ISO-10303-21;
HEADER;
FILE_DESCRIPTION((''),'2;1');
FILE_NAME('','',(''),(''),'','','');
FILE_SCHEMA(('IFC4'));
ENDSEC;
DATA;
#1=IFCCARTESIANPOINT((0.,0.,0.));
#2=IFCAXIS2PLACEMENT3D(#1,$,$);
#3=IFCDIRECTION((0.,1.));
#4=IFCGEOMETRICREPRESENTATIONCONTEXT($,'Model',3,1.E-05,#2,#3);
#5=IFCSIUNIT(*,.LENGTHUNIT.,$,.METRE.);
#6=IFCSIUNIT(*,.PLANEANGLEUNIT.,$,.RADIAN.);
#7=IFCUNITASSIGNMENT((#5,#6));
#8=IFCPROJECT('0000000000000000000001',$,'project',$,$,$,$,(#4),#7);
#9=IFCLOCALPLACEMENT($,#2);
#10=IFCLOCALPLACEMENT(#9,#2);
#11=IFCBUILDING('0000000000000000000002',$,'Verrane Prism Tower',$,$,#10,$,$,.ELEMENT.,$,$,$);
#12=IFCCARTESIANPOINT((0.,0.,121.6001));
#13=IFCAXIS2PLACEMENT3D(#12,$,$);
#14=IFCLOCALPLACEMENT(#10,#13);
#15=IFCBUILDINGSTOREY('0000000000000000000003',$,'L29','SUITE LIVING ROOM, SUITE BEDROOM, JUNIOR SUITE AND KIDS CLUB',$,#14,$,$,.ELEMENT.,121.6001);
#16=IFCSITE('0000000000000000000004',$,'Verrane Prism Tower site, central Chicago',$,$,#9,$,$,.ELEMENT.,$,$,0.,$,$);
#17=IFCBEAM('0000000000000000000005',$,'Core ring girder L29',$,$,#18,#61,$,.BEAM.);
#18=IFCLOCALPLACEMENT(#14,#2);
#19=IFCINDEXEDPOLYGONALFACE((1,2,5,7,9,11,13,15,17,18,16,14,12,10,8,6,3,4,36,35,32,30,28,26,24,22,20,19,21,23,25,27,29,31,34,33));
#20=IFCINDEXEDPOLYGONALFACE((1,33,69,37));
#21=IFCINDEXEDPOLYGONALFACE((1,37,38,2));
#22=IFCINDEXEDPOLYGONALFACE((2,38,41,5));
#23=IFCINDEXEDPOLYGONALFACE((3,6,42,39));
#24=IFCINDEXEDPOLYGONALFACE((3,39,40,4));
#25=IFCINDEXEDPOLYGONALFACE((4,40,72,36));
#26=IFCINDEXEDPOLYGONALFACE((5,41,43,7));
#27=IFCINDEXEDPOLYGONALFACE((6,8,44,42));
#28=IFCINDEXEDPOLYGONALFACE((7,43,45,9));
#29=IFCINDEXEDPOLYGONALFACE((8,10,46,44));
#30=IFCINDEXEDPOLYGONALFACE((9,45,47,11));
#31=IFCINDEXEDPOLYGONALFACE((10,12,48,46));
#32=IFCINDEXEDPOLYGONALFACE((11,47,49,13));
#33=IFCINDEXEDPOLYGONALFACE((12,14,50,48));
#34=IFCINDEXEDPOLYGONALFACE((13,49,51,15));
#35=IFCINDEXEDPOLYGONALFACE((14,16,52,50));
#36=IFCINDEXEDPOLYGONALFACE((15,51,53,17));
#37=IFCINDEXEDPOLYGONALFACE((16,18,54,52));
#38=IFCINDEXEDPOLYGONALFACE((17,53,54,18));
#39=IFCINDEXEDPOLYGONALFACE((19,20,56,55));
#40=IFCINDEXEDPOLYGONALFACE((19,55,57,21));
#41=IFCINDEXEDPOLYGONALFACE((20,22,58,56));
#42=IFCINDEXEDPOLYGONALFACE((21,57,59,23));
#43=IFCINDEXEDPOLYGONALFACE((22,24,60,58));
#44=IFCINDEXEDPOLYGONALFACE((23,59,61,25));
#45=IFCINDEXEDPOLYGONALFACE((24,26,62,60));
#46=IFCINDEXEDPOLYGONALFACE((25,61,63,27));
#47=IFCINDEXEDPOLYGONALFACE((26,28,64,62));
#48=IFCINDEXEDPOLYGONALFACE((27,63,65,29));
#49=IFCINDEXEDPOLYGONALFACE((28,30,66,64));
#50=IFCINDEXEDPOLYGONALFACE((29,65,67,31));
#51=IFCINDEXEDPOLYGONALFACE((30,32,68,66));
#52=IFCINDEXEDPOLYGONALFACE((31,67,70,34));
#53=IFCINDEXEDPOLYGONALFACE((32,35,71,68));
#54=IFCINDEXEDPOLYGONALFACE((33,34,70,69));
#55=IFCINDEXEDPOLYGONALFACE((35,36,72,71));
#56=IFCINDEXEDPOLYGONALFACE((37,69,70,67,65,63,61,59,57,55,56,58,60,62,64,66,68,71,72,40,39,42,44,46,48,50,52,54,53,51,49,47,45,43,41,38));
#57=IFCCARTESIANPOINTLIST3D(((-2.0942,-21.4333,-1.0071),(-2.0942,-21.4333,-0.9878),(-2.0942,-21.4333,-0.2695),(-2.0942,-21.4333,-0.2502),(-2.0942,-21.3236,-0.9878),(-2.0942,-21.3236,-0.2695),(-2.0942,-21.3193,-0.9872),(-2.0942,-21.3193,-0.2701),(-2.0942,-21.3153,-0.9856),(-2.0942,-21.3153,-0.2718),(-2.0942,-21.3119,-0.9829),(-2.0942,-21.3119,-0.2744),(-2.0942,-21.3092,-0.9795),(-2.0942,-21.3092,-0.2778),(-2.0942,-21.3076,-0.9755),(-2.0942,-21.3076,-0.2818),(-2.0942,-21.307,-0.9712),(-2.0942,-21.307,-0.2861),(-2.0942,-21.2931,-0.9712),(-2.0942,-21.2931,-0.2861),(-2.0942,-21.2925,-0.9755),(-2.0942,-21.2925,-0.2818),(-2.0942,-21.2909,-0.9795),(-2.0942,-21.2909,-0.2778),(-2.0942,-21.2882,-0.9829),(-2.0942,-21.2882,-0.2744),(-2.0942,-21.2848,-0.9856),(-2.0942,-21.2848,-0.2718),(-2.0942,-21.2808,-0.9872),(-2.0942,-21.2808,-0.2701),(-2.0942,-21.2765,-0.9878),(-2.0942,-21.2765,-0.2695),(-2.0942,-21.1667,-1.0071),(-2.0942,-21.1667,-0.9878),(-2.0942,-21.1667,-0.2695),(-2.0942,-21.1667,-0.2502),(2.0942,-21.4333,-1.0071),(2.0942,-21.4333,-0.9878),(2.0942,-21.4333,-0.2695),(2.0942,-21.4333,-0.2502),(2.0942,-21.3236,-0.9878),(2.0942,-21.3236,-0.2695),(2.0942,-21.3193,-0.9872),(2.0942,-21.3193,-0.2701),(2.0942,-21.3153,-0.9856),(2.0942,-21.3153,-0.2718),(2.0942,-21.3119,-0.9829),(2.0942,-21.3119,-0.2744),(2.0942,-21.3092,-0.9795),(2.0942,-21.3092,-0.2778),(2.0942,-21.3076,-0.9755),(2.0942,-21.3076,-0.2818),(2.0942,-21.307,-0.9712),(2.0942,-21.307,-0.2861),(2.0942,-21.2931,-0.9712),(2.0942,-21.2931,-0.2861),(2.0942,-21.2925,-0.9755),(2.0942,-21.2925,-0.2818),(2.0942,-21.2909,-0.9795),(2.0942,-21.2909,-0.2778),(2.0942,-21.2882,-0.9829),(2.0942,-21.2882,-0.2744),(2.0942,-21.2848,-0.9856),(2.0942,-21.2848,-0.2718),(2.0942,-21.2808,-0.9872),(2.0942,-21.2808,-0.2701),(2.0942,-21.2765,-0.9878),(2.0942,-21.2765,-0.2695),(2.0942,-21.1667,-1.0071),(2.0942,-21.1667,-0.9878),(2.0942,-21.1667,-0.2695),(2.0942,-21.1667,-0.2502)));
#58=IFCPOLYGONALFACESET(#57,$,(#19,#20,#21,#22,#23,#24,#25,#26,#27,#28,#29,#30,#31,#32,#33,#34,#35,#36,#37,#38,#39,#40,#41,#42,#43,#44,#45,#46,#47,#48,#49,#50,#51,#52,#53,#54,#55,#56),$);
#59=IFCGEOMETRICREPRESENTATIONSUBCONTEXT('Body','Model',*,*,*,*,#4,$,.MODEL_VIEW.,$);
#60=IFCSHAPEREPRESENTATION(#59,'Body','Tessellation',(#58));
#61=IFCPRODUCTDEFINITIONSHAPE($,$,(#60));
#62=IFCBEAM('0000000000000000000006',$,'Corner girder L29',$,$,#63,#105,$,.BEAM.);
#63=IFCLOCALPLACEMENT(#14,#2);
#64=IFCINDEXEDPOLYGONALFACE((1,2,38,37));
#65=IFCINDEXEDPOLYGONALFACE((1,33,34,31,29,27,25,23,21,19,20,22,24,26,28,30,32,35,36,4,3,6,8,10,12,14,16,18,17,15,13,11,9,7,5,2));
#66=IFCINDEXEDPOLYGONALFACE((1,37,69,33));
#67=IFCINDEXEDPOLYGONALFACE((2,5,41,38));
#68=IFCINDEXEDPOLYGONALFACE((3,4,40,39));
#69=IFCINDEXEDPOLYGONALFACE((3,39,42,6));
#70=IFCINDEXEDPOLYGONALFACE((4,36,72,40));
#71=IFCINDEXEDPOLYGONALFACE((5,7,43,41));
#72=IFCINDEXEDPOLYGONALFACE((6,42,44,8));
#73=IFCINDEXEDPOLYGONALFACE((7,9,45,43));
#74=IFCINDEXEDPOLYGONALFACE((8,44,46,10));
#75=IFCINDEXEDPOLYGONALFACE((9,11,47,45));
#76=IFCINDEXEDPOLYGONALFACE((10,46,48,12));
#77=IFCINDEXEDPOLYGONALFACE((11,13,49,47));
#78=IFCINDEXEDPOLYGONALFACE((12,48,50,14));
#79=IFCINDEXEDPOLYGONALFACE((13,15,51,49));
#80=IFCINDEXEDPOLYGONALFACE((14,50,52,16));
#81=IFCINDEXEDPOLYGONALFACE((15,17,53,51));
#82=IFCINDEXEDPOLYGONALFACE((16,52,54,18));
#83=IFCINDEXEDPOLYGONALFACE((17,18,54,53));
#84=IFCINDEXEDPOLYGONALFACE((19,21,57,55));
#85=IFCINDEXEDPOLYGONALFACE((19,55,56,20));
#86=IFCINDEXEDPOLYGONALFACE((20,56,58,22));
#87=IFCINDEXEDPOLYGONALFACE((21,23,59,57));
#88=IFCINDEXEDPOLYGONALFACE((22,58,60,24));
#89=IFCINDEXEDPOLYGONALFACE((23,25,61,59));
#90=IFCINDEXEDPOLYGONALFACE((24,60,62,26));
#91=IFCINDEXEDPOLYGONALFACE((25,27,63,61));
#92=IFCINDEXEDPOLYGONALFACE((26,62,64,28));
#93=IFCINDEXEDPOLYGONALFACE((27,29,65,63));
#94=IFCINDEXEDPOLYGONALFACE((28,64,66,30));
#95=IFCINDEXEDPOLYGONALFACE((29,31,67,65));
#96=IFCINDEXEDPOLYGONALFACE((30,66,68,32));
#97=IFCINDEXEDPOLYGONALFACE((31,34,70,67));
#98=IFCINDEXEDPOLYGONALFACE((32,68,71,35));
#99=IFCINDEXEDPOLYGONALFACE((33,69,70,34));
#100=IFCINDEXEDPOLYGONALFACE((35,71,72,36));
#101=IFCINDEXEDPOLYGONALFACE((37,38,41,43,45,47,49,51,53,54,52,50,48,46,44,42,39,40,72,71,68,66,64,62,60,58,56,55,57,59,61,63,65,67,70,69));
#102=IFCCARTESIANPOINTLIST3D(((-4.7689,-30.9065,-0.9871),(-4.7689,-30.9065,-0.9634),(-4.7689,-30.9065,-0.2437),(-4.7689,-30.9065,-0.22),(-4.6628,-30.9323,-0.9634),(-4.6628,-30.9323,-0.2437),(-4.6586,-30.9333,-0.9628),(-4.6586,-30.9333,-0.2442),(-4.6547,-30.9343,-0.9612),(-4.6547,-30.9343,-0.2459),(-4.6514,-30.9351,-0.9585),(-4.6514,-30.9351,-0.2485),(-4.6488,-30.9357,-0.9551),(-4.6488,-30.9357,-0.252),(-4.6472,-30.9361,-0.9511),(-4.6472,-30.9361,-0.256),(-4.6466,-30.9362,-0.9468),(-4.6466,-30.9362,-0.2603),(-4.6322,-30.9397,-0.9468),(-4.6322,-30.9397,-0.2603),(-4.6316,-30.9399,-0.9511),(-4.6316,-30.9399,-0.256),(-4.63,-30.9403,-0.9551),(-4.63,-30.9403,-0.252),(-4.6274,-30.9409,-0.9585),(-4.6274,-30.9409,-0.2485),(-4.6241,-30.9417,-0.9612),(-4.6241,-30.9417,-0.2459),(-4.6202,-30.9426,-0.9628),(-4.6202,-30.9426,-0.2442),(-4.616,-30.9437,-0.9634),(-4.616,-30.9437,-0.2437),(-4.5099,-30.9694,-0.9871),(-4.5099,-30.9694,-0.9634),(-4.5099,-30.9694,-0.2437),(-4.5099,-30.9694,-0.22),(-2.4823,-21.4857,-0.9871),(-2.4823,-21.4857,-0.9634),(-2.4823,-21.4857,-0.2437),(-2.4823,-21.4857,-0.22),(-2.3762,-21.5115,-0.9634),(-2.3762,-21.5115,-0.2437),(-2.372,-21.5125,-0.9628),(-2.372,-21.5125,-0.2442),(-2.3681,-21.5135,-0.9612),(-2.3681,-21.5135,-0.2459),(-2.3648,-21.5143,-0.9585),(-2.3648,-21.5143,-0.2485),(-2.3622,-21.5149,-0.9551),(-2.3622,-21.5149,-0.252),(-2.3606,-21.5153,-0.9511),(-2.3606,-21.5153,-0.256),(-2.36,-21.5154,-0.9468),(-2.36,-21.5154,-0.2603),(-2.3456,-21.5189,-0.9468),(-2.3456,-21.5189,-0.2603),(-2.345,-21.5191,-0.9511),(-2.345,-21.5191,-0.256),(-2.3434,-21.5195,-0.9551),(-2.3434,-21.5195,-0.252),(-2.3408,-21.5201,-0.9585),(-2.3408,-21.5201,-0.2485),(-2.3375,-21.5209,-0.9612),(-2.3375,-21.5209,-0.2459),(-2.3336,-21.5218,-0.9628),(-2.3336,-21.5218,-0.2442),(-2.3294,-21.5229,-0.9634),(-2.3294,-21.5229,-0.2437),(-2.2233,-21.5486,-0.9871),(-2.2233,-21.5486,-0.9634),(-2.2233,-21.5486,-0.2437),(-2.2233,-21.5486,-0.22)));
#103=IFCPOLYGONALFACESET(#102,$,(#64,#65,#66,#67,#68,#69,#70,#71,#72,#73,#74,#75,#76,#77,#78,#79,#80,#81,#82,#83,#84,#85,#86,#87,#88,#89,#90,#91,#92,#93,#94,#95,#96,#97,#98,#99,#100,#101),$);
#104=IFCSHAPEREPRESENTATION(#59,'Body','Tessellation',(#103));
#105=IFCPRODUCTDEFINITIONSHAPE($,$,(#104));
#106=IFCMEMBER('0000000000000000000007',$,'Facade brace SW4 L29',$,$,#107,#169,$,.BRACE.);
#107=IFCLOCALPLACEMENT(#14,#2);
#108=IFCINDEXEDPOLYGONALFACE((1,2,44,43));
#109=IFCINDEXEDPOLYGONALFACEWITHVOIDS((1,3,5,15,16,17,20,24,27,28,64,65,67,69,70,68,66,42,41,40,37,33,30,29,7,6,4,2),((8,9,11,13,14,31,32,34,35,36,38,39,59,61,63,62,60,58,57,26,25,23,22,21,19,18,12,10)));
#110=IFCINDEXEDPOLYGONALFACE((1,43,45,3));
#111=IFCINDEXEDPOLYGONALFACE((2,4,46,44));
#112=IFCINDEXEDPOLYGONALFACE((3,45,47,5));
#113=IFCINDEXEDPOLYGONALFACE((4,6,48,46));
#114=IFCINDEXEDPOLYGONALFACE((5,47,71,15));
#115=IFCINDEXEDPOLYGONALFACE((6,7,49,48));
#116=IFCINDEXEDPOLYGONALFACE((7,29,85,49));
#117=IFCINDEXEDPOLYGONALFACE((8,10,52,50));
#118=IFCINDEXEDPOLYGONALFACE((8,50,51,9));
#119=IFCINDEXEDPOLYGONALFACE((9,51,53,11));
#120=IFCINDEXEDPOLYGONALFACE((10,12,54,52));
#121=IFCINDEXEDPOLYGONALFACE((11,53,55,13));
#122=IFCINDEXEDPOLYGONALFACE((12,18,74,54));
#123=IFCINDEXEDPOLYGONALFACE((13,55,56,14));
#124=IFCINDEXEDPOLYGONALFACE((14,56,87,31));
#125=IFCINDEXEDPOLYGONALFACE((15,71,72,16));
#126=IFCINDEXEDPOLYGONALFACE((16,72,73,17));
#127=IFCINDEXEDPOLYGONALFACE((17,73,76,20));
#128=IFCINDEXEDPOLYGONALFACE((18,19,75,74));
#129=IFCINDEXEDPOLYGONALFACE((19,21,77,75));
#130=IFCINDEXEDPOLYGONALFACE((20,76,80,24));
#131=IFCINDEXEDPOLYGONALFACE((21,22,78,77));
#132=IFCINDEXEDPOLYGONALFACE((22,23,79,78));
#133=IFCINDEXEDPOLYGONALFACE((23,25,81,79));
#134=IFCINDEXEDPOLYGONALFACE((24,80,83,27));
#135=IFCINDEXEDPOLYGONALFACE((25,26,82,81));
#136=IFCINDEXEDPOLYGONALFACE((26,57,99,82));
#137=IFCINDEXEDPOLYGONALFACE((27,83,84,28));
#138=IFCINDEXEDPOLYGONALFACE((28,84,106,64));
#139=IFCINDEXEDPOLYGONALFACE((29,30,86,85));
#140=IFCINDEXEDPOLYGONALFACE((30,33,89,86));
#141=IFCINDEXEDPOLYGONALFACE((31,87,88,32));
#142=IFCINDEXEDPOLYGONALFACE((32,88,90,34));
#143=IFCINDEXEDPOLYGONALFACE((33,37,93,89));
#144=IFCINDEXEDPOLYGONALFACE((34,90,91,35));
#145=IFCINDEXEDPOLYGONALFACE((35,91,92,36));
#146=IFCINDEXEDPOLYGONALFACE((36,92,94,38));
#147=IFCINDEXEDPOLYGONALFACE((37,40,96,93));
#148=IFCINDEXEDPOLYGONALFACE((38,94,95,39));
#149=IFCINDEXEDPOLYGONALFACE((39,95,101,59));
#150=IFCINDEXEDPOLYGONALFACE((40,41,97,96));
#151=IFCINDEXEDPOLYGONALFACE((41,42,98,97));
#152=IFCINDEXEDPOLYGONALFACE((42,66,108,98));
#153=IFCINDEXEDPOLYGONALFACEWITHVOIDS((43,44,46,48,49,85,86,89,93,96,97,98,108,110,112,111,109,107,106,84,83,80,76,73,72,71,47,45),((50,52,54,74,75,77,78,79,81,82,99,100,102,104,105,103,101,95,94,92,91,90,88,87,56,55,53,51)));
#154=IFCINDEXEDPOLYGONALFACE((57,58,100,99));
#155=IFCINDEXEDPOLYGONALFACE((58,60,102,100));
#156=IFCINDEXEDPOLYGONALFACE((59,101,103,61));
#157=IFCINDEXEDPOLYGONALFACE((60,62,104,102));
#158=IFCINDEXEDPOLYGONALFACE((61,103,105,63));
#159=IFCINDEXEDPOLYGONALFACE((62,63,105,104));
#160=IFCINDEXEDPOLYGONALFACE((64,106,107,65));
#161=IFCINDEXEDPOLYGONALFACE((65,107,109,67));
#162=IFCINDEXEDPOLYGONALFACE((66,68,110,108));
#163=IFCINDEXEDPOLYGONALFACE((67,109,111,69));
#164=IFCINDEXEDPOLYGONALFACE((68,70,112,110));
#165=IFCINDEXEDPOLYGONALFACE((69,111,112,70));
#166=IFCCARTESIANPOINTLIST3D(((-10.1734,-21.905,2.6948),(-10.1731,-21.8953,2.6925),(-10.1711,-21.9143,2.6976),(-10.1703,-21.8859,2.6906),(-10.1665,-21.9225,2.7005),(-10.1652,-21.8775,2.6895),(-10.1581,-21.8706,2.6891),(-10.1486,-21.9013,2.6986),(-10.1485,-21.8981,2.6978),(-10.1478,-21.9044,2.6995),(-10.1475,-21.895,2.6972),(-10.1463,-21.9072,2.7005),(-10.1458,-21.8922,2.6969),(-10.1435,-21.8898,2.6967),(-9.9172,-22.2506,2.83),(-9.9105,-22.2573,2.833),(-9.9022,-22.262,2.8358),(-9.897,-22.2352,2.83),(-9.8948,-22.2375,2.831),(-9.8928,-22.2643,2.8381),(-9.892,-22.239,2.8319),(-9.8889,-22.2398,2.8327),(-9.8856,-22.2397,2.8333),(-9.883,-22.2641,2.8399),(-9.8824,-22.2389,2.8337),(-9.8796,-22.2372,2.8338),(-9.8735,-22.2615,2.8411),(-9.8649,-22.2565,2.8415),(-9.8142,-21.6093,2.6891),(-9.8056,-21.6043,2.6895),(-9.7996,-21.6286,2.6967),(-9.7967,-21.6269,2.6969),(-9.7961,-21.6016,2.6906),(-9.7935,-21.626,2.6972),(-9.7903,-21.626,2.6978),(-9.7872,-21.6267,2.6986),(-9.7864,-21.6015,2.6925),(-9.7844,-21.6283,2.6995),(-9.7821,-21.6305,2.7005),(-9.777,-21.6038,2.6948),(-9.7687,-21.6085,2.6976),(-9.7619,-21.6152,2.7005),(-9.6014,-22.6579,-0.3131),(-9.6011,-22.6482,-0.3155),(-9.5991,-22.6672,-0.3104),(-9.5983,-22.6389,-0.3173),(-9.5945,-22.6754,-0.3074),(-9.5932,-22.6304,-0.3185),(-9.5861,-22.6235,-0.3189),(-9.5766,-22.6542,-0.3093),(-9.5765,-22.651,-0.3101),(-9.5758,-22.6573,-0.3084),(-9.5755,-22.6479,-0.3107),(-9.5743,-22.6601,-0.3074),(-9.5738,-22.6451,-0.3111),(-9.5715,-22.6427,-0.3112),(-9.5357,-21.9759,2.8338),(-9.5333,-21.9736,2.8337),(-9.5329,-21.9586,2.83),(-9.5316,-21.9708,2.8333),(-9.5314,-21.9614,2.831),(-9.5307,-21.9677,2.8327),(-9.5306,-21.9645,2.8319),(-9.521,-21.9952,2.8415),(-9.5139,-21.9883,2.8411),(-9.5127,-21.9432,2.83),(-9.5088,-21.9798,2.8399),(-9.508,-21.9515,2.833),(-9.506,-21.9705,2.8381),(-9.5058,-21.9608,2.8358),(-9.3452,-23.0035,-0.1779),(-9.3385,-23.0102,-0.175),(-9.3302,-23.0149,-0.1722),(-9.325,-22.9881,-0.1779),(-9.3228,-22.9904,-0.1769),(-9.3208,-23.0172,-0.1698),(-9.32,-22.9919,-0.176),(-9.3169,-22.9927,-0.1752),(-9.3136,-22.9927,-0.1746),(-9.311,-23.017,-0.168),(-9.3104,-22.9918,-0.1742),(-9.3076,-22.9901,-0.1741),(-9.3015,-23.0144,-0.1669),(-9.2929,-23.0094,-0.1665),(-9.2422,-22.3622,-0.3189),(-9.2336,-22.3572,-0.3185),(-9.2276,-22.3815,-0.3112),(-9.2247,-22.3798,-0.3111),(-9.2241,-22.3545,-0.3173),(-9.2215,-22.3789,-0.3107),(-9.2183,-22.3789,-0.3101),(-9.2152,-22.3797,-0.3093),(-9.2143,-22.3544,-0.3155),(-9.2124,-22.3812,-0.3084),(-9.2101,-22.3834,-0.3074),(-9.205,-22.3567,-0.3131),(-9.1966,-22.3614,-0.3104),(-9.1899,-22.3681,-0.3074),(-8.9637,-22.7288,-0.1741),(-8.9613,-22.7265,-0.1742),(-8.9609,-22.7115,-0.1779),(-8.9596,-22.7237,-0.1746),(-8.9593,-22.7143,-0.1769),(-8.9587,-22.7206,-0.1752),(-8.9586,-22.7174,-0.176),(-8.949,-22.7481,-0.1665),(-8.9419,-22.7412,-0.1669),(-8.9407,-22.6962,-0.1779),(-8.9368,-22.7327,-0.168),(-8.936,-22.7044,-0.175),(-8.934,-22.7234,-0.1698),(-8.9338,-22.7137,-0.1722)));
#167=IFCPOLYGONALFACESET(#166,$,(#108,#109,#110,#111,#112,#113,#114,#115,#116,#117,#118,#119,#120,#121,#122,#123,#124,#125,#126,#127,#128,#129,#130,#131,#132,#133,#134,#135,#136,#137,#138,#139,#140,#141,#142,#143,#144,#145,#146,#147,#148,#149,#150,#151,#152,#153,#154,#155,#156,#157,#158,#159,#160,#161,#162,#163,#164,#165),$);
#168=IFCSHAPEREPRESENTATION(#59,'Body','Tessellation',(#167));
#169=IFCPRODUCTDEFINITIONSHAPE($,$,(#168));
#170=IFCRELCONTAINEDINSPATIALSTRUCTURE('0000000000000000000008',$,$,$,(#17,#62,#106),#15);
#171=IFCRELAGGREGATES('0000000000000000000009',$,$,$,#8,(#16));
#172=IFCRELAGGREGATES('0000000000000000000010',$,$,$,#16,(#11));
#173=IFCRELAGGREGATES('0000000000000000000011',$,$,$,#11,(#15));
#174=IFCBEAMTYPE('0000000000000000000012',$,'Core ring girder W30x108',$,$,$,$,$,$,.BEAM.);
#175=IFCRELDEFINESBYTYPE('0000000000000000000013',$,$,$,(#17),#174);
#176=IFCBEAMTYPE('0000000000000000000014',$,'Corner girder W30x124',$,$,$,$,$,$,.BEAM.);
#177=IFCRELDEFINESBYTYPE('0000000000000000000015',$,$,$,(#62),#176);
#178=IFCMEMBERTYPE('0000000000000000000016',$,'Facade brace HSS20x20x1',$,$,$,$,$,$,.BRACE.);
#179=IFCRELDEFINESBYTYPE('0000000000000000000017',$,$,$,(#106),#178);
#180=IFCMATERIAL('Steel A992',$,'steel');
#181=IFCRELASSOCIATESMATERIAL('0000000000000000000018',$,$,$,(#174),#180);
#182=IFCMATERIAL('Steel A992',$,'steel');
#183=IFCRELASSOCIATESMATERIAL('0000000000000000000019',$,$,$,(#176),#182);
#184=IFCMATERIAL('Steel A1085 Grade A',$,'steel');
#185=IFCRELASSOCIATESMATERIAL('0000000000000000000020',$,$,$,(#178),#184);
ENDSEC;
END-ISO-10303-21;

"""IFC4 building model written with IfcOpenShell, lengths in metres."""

from ifc_helpers import new_model, si_unit, direction, frame, origin, origin_2d, place, context, subcontext, project, spatial, hollow_rectangle, i_section, extrude, material, material_profile, profile_set, type_object, element, save


model = new_model("IFC4")

# Units and contexts
model_context = context("Model", 3, precision=1e-05, world=origin(), true_north=direction((0.0, 1.0)))
body_context = subcontext(model_context, "Body", "Model", "MODEL_VIEW")
ifc_project = project(units=[si_unit("LENGTHUNIT", "METRE"), si_unit("PLANEANGLEUNIT", "RADIAN")], contexts=[model_context])

# Site, building, storey
site_placement = place(None, origin())
site = spatial("IfcSite", under=ifc_project, at=site_placement, Name="Verrane Prism Tower site, central Chicago", CompositionType="ELEMENT", RefElevation=0.0)
building_placement = place(site_placement, origin())
building = spatial("IfcBuilding", under=site, at=building_placement, Name="Verrane Prism Tower", CompositionType="ELEMENT")
storey_placement = place(building_placement, frame((0.0, 0.0, 121.6001)))
storey = spatial("IfcBuildingStorey", under=building, at=storey_placement, Name="L29", Description="SUITE LIVING ROOM, SUITE BEDROOM, JUNIOR SUITE AND KIDS CLUB", CompositionType="ELEMENT", Elevation=121.6001)

# Beams
ifc_material_1 = material(Name="Steel A992", Category="steel")
ifc_material_profile_1 = material_profile(ifc_material_1, i_section(OverallWidth=0.2666, OverallDepth=0.7568, WebThickness=0.0139, FlangeThickness=0.0193, FilletRadius=0.0166, at=origin_2d()), Name="W30x108")
ifc_profile_set_1 = profile_set([ifc_material_profile_1], Name="Steel A992")
beam_type_1 = type_object("IfcBeamType", Name="Core ring girder W30x108", PredefinedType="BEAM", material=ifc_profile_set_1)
beam_1_placement = place(storey_placement, frame((-2.0942, -21.3, -0.6287), z_axis=(1.0, 0.0, 0.0), x_axis=(0.0, 1.0, 0.0)))
element("IfcBeam", 1, at=beam_1_placement, inside=storey, type_object=beam_type_1, Name="Core ring girder L29", PredefinedType="BEAM", context=body_context, shape_type="SweptSolid", body=[
    extrude(i_section(OverallWidth=0.2666, OverallDepth=0.7568, WebThickness=0.0139, FlangeThickness=0.0193, FilletRadius=0.0166, at=origin_2d()), origin(), (0.0, 0.0, 1.0), 4.1885),
])
ifc_material_2 = material(Name="Steel A992", Category="steel")
ifc_material_profile_2 = material_profile(ifc_material_2, i_section(OverallWidth=0.2666, OverallDepth=0.7671, WebThickness=0.0149, FlangeThickness=0.0237, FilletRadius=0.0166, at=origin_2d()), Name="W30x124")
ifc_profile_set_2 = profile_set([ifc_material_profile_2], Name="Steel A992")
beam_type_2 = type_object("IfcBeamType", Name="Corner girder W30x124", PredefinedType="BEAM", material=ifc_profile_set_2)
beam_2_placement = place(storey_placement, frame((-4.6394, -30.938, -0.6035), z_axis=(0.23587, 0.971785, 0.0), x_axis=(-0.971785, 0.23587, 0.0)))
element("IfcBeam", 2, at=beam_2_placement, inside=storey, type_object=beam_type_2, Name="Corner girder L29", PredefinedType="BEAM", context=body_context, shape_type="SweptSolid", body=[
    extrude(i_section(OverallWidth=0.2666, OverallDepth=0.7671, WebThickness=0.0149, FlangeThickness=0.0237, FilletRadius=0.0166, at=origin_2d()), origin(), (0.0, 0.0, 1.0), 9.6943),
])

# Member
ifc_material_3 = material(Name="Steel A1085 Grade A", Category="steel")
ifc_material_profile_3 = material_profile(ifc_material_3, hollow_rectangle(XDim=0.5081, YDim=0.5081, WallThickness=0.0254, InnerFilletRadius=0.0127, OuterFilletRadius=0.0381, at=origin_2d()), Name="HSS20x20x1")
ifc_profile_set_3 = profile_set([ifc_material_profile_3], Name="Steel A1085 Grade A")
member_type_1 = type_object("IfcMemberType", Name="Facade brace HSS20x20x1", PredefinedType="BRACE", material=ifc_profile_set_3)
member_1_placement = place(storey_placement, frame((-9.2676, -22.6858, -0.2427), z_axis=(-0.181411, 0.238785, 0.953977), x_axis=(-0.796267, -0.604946, 0.0)))
element("IfcMember", 3, at=member_1_placement, inside=storey, type_object=member_type_1, Name="Facade brace SW4 L29", PredefinedType="BRACE", context=body_context, shape_type="SweptSolid", body=[
    extrude(hollow_rectangle(XDim=0.5081, YDim=0.5081, WallThickness=0.0254, InnerFilletRadius=0.0127, OuterFilletRadius=0.0381, at=origin_2d()), origin(), (0.0, 0.0, 1.0), 3.1531),
])

save(model, "model.ifc")
